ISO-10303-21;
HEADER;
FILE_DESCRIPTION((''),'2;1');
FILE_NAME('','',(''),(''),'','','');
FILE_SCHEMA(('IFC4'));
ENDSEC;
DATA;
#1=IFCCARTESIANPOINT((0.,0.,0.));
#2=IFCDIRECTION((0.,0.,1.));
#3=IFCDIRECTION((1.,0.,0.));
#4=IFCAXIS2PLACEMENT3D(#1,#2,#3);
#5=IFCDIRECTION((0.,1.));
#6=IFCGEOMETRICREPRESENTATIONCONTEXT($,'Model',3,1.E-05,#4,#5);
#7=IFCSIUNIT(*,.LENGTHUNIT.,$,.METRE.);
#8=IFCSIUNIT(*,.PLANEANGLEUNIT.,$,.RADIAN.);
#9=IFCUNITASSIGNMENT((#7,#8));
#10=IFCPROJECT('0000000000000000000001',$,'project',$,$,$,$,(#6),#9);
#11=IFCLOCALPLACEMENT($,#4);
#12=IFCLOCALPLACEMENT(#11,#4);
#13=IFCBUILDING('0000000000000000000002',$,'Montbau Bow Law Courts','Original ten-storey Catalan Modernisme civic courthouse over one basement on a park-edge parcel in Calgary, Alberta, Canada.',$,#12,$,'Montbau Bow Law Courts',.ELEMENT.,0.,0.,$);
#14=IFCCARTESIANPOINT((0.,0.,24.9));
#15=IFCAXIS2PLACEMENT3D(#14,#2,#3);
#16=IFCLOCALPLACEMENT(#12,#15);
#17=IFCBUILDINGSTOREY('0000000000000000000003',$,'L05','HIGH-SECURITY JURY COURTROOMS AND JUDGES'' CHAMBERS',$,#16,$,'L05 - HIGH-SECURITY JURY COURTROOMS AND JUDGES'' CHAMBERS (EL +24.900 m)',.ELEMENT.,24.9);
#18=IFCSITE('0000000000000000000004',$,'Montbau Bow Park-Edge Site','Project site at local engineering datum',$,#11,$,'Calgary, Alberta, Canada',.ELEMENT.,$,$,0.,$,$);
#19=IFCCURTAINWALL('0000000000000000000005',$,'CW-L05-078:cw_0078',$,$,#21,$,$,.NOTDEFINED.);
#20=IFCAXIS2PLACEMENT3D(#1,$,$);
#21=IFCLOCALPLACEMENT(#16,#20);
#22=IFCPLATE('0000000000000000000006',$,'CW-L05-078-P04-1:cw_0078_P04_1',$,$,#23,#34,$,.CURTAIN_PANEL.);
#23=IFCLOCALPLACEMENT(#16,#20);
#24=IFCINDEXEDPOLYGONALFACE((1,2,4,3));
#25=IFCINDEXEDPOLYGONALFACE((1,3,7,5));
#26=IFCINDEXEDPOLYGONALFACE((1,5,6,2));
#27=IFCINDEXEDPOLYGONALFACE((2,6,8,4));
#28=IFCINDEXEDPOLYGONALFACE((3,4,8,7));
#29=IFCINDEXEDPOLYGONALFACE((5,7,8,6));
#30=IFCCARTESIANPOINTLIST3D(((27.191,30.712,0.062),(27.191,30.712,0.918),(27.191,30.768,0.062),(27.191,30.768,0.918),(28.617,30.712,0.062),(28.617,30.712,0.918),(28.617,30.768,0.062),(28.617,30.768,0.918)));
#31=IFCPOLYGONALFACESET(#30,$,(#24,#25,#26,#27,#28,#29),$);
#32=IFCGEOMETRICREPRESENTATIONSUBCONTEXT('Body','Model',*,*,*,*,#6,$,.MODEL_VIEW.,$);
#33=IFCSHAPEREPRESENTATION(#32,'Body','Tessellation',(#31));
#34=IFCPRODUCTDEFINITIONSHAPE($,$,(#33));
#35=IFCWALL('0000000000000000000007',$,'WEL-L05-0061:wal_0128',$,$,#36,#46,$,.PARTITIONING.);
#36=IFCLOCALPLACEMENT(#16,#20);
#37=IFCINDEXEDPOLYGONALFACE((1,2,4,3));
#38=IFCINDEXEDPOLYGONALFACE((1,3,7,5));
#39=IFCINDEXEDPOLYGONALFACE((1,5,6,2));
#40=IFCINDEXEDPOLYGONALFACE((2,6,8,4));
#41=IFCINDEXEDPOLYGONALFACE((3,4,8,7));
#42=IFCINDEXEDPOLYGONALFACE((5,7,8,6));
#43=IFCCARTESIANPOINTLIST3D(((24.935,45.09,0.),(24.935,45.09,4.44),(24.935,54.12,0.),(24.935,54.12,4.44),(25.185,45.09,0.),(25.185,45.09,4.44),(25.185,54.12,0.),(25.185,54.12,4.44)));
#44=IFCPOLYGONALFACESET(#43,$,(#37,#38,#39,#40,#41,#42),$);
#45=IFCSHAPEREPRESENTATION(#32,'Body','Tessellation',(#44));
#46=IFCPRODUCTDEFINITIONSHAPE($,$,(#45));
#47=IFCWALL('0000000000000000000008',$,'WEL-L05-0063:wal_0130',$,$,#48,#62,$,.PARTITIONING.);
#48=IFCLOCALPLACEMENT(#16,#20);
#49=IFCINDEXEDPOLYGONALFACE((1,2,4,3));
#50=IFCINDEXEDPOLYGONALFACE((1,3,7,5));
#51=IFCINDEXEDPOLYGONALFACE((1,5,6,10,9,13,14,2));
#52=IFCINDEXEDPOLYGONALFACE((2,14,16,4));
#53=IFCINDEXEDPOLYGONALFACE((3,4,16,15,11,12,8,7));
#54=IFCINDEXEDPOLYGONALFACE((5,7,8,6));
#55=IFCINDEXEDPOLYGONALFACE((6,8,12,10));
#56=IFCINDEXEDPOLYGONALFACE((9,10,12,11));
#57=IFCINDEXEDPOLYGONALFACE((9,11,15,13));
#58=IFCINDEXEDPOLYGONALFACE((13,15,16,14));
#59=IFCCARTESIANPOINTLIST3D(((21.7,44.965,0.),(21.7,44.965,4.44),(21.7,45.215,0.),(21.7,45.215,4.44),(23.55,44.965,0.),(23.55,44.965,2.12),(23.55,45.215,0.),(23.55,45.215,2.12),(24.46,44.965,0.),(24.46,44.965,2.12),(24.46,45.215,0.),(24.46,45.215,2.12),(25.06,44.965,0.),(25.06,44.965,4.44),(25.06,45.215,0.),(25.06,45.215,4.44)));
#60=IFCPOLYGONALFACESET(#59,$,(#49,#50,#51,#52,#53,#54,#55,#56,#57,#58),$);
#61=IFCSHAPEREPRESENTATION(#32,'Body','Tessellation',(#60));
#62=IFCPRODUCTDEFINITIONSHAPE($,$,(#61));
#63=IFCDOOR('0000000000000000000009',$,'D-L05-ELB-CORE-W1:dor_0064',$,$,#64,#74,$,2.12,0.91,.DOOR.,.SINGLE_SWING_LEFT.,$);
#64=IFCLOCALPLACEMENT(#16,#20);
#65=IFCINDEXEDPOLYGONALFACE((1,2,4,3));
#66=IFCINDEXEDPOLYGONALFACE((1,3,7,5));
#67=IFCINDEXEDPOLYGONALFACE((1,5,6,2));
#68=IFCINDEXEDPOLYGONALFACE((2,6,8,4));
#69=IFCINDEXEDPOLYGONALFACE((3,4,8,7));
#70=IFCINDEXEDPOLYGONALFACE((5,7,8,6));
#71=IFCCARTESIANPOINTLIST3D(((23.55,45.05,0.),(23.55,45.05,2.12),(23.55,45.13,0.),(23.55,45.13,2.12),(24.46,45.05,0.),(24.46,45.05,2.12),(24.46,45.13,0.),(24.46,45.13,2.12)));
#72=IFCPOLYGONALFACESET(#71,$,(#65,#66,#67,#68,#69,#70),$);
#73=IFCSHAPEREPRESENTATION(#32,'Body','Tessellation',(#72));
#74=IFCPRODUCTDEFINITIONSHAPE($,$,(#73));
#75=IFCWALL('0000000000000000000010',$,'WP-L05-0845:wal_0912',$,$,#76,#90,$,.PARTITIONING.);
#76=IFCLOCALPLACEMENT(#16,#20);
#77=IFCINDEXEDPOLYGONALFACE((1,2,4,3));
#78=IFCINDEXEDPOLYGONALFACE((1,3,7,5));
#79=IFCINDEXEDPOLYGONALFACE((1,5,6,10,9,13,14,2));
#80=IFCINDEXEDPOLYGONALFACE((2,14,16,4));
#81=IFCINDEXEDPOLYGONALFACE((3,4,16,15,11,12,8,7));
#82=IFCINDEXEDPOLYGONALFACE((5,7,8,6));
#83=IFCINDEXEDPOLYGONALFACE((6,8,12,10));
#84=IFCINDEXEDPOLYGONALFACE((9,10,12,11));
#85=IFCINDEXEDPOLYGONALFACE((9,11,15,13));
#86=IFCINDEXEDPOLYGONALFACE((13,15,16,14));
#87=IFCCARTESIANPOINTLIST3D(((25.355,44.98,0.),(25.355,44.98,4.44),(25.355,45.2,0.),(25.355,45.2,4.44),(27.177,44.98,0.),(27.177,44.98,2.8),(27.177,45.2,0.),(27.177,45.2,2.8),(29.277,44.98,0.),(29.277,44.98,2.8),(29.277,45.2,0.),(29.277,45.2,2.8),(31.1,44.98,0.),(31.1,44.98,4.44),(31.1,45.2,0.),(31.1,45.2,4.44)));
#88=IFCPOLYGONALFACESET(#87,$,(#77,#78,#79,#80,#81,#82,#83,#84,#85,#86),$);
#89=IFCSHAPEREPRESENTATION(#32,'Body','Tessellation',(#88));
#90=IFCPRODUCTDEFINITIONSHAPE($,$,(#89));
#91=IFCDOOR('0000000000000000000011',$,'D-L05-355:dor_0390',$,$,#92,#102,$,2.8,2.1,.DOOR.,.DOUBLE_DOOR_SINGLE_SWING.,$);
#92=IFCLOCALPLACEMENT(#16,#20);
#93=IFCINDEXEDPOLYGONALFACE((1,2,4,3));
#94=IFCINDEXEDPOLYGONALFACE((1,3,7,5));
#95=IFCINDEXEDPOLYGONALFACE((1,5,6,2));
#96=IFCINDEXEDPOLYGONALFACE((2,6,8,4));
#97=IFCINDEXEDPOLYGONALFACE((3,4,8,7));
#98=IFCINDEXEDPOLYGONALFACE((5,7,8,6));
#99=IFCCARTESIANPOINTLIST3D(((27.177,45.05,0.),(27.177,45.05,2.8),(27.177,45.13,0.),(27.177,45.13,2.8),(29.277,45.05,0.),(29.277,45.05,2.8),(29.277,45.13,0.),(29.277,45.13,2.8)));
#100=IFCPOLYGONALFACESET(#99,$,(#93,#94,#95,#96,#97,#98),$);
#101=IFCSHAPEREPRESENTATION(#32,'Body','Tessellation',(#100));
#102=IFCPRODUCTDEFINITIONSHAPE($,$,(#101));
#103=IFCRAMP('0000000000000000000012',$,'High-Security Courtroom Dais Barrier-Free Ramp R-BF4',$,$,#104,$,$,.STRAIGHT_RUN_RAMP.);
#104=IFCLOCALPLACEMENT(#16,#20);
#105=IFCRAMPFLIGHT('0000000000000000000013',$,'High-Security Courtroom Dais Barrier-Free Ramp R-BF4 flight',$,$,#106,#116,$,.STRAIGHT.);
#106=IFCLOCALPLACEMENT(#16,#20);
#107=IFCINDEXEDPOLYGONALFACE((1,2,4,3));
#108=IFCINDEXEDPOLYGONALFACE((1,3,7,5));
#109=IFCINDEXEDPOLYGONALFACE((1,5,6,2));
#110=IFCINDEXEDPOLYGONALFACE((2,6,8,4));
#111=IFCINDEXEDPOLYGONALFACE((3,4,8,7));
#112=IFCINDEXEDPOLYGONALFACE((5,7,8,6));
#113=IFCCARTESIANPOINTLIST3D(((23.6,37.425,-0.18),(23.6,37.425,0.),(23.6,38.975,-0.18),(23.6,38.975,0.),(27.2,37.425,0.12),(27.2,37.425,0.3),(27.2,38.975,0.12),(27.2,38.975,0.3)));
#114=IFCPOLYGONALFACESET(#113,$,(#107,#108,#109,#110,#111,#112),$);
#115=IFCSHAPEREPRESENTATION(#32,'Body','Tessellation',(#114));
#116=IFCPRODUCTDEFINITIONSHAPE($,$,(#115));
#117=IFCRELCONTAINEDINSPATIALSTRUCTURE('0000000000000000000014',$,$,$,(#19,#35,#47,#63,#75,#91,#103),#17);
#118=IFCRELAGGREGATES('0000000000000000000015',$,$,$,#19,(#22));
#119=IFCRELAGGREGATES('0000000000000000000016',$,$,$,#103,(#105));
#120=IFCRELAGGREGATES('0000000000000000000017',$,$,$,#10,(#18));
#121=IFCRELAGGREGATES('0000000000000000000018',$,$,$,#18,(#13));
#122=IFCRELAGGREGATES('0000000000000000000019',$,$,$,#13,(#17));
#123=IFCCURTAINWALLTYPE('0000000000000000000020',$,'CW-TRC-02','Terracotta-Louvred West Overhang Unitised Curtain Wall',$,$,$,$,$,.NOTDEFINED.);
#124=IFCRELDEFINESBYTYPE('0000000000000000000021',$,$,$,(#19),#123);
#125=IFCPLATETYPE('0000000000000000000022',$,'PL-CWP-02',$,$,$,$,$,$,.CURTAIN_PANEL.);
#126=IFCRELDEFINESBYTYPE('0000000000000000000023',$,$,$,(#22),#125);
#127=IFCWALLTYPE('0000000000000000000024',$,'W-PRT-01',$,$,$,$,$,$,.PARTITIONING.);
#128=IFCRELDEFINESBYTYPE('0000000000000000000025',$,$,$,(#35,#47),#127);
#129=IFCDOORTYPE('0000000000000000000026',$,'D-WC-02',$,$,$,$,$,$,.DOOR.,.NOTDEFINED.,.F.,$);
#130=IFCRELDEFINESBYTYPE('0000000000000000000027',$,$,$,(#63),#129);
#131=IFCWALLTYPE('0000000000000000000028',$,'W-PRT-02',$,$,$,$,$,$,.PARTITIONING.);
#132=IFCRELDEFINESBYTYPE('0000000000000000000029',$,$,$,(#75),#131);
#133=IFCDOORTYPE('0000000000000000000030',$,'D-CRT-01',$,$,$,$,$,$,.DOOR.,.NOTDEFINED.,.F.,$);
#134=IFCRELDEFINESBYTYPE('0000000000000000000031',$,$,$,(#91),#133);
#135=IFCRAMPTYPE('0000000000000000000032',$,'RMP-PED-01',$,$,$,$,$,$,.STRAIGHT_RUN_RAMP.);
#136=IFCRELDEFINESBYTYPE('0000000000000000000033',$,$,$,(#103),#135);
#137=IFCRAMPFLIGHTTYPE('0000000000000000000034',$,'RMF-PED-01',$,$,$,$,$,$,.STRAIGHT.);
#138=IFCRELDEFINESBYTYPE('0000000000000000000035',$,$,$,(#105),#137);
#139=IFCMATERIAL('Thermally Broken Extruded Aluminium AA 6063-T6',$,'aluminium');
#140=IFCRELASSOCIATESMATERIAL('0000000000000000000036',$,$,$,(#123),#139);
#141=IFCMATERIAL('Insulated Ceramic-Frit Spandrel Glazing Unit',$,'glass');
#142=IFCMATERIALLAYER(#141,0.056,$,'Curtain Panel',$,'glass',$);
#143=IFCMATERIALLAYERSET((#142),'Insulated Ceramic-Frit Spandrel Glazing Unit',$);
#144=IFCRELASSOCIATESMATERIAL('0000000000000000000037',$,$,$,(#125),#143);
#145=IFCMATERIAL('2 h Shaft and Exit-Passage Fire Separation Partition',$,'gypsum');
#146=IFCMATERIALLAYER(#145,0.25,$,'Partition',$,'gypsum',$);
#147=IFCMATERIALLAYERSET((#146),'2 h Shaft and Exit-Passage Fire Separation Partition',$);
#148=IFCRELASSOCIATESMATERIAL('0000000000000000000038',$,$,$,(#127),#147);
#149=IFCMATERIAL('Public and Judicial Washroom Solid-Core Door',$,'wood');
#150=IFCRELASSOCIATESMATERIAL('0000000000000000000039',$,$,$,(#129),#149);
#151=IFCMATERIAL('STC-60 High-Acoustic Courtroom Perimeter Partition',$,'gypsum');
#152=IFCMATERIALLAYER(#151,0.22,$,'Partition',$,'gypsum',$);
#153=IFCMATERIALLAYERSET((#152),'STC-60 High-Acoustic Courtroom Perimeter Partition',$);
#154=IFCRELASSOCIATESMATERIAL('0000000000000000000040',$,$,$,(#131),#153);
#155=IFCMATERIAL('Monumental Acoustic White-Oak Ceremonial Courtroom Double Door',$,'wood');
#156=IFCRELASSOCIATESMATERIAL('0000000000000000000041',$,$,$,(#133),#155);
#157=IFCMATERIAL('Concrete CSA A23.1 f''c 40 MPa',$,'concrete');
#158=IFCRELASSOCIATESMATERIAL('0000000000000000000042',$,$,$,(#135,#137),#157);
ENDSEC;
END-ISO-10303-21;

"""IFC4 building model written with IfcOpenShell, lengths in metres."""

from ifc_helpers import new_model, si_unit, direction, frame, frame_2d, origin_with_axes, place, context, subcontext, project, spatial, polyline, rectangle, outline, extrude, material, layer, layer_set, type_object, element, fill, aggregate, save


model = new_model("IFC4")

# Units and contexts
model_context = context("Model", 3, precision=1e-05, world=origin_with_axes(), true_north=direction((0.0, 1.0)))
body_context = subcontext(model_context, "Body", "Model", "MODEL_VIEW")
ifc_project = project(units=[si_unit("LENGTHUNIT", "METRE"), si_unit("PLANEANGLEUNIT", "RADIAN")], contexts=[model_context])

# Site, building, storey
site_placement = place(None, origin_with_axes())
site = spatial("IfcSite", under=ifc_project, at=site_placement, Name="Montbau Bow Park-Edge Site", Description="Project site at local engineering datum", LongName="Calgary, Alberta, Canada", CompositionType="ELEMENT", RefElevation=0.0)
building_placement = place(site_placement, origin_with_axes())
building = spatial("IfcBuilding", under=site, at=building_placement, Name="Montbau Bow Law Courts", Description="Original ten-storey Catalan Modernisme civic courthouse over one basement on a park-edge parcel in Calgary, Alberta, Canada.", LongName="Montbau Bow Law Courts", CompositionType="ELEMENT", ElevationOfRefHeight=0.0, ElevationOfTerrain=0.0)
storey_placement = place(building_placement, frame((0.0, 0.0, 24.9), z_axis=(0.0, 0.0, 1.0), x_axis=(1.0, 0.0, 0.0)))
storey = spatial("IfcBuildingStorey", under=building, at=storey_placement, Name="L05", Description="HIGH-SECURITY JURY COURTROOMS AND JUDGES' CHAMBERS", LongName="L05 - HIGH-SECURITY JURY COURTROOMS AND JUDGES' CHAMBERS (EL +24.900 m)", CompositionType="ELEMENT", Elevation=24.9)

# Curtain wall, plate
ifc_material_1 = material(Name="Thermally Broken Extruded Aluminium AA 6063-T6", Category="aluminium")
curtain_wall_type = type_object("IfcCurtainWallType", Name="CW-TRC-02", Description="Terracotta-Louvred West Overhang Unitised Curtain Wall", PredefinedType="NOTDEFINED", material=ifc_material_1)
curtain_wall_placement = place(None, frame((22.64, 30.74, 24.9), z_axis=(0.0, 0.0, 1.0), x_axis=(1.0, 0.0, 0.0)))
curtain_wall = element("IfcCurtainWall", 1, at=curtain_wall_placement, inside=storey, type_object=curtain_wall_type, Name="CW-L05-078:cw_0078", PredefinedType="NOTDEFINED")
ifc_material_2 = material(Name="Insulated Ceramic-Frit Spandrel Glazing Unit", Category="glass")
ifc_layer_1 = layer(ifc_material_2, 0.056, Name="Curtain Panel", Category="glass")
ifc_layer_set_1 = layer_set([ifc_layer_1], Name="Insulated Ceramic-Frit Spandrel Glazing Unit")
plate_type_1 = type_object("IfcPlateType", Name="PL-CWP-02", PredefinedType="CURTAIN_PANEL", material=ifc_layer_set_1)
plate_1_placement = place(None, frame((27.191, 30.74, 24.962), z_axis=(0.0, -1.0, 0.0), x_axis=(1.0, 0.0, 0.0)))
plate_1 = element("IfcPlate", 2, at=plate_1_placement, type_object=plate_type_1, Name="CW-L05-078-P04-1:cw_0078_P04_1", PredefinedType="CURTAIN_PANEL", context=body_context, shape_type="SweptSolid", body=[
    extrude(rectangle(XDim=1.426, YDim=0.856, at=frame_2d((0.713, 0.428), x_axis=(1.0, 0.0))), frame((0.0, 0.0, -0.028), z_axis=(0.0, 0.0, 1.0), x_axis=(1.0, 0.0, 0.0)), (0.0, 0.0, 1.0), 0.056),
])
aggregate(curtain_wall, [plate_1])

# Wall
ifc_material_3 = material(Name="2 h Shaft and Exit-Passage Fire Separation Partition", Category="gypsum")
ifc_layer_2 = layer(ifc_material_3, 0.25, Name="Partition", Category="gypsum")
ifc_layer_set_2 = layer_set([ifc_layer_2], Name="2 h Shaft and Exit-Passage Fire Separation Partition")
wall_type_1 = type_object("IfcWallType", Name="W-PRT-01", PredefinedType="PARTITIONING", material=ifc_layer_set_2)
wall_1_placement = place(None, frame((25.06, 45.09, 24.9), z_axis=(0.0, 0.0, 1.0), x_axis=(0.0, 1.0, 0.0)))
element("IfcWall", 3, at=wall_1_placement, inside=storey, type_object=wall_type_1, Name="WEL-L05-0061:wal_0128", PredefinedType="PARTITIONING", context=body_context, shape_type="SweptSolid", body=[
    extrude(rectangle(XDim=9.03, YDim=0.25, at=frame_2d((4.515, 0.0), x_axis=(1.0, 0.0))), origin_with_axes(), (0.0, 0.0, 1.0), 4.44),
])

# Walls, openings, doors
wall_2_placement = place(None, frame((21.7, 45.09, 24.9), z_axis=(0.0, 0.0, 1.0), x_axis=(1.0, 0.0, 0.0)))
wall_2 = element("IfcWall", 4, at=wall_2_placement, inside=storey, type_object=wall_type_1, Name="WEL-L05-0063:wal_0130", PredefinedType="PARTITIONING", context=body_context, shape_type="SweptSolid", body=[
    extrude(rectangle(XDim=3.36, YDim=0.25, at=frame_2d((1.68, 0.0), x_axis=(1.0, 0.0))), origin_with_axes(), (0.0, 0.0, 1.0), 4.44),
])
opening_1_placement = place(None, frame((24.005, 45.09, 24.9), z_axis=(0.0, 0.0, 1.0), x_axis=(1.0, 0.0, 0.0)))
opening_1 = element("IfcOpeningElement", 5, at=opening_1_placement, cuts=wall_2, PredefinedType="OPENING", context=body_context, shape_type="SweptSolid", body=[
    extrude(rectangle(XDim=0.91, YDim=2.12, at=frame_2d((0.0, 1.06), x_axis=(1.0, 0.0))), frame((0.0, 0.135, 0.0), z_axis=(0.0, -1.0, 0.0), x_axis=(1.0, 0.0, 0.0)), (0.0, 0.0, 1.0), 0.27),
])
ifc_material_4 = material(Name="Public and Judicial Washroom Solid-Core Door", Category="wood")
door_type_1 = type_object("IfcDoorType", Name="D-WC-02", OperationType="NOTDEFINED", ParameterTakesPrecedence=False, PredefinedType="DOOR", material=ifc_material_4)
door_1_placement = place(None, frame((24.005, 45.09, 24.9), z_axis=(0.0, 0.0, 1.0), x_axis=(1.0, 0.0, 0.0)))
door_1 = element("IfcDoor", 6, at=door_1_placement, inside=storey, type_object=door_type_1, Name="D-L05-ELB-CORE-W1:dor_0064", OperationType="SINGLE_SWING_LEFT", OverallHeight=2.12, OverallWidth=0.91, PredefinedType="DOOR", context=body_context, shape_type="SweptSolid", body=[
    extrude(rectangle(XDim=0.91, YDim=2.12, at=frame_2d((0.0, 1.06), x_axis=(1.0, 0.0))), frame((0.0, 0.04, 0.0), z_axis=(0.0, -1.0, 0.0), x_axis=(1.0, 0.0, 0.0)), (0.0, 0.0, 1.0), 0.08),
])
fill(opening_1, door_1)
ifc_material_5 = material(Name="STC-60 High-Acoustic Courtroom Perimeter Partition", Category="gypsum")
ifc_layer_3 = layer(ifc_material_5, 0.22, Name="Partition", Category="gypsum")
ifc_layer_set_3 = layer_set([ifc_layer_3], Name="STC-60 High-Acoustic Courtroom Perimeter Partition")
wall_type_2 = type_object("IfcWallType", Name="W-PRT-02", PredefinedType="PARTITIONING", material=ifc_layer_set_3)
wall_3_placement = place(None, frame((25.355, 45.09, 24.9), z_axis=(0.0, 0.0, 1.0), x_axis=(1.0, 0.0, 0.0)))
wall_3 = element("IfcWall", 7, at=wall_3_placement, inside=storey, type_object=wall_type_2, Name="WP-L05-0845:wal_0912", PredefinedType="PARTITIONING", context=body_context, shape_type="SweptSolid", body=[
    extrude(rectangle(XDim=5.745, YDim=0.22, at=frame_2d((2.8725, 0.0), x_axis=(1.0, 0.0))), origin_with_axes(), (0.0, 0.0, 1.0), 4.44),
])
opening_2_placement = place(None, frame((28.227, 45.09, 24.9), z_axis=(0.0, 0.0, 1.0), x_axis=(1.0, 0.0, 0.0)))
opening_2 = element("IfcOpeningElement", 8, at=opening_2_placement, cuts=wall_3, PredefinedType="OPENING", context=body_context, shape_type="SweptSolid", body=[
    extrude(rectangle(XDim=2.1, YDim=2.8, at=frame_2d((0.0, 1.4), x_axis=(1.0, 0.0))), frame((0.0, 0.12, 0.0), z_axis=(0.0, -1.0, 0.0), x_axis=(1.0, 0.0, 0.0)), (0.0, 0.0, 1.0), 0.24),
])
ifc_material_6 = material(Name="Monumental Acoustic White-Oak Ceremonial Courtroom Double Door", Category="wood")
door_type_2 = type_object("IfcDoorType", Name="D-CRT-01", OperationType="NOTDEFINED", ParameterTakesPrecedence=False, PredefinedType="DOOR", material=ifc_material_6)
door_2_placement = place(None, frame((28.227, 45.09, 24.9), z_axis=(0.0, 0.0, 1.0), x_axis=(-1.0, 0.0, 0.0)))
door_2 = element("IfcDoor", 9, at=door_2_placement, inside=storey, type_object=door_type_2, Name="D-L05-355:dor_0390", OperationType="DOUBLE_DOOR_SINGLE_SWING", OverallHeight=2.8, OverallWidth=2.1, PredefinedType="DOOR", context=body_context, shape_type="SweptSolid", body=[
    extrude(rectangle(XDim=2.1, YDim=2.8, at=frame_2d((0.0, 1.4), x_axis=(1.0, 0.0))), frame((0.0, 0.04, 0.0), z_axis=(0.0, -1.0, 0.0), x_axis=(1.0, 0.0, 0.0)), (0.0, 0.0, 1.0), 0.08),
])
fill(opening_2, door_2)

# Ramp, ramp flight
ifc_material_7 = material(Name="Concrete CSA A23.1 f'c 40 MPa", Category="concrete")
ramp_type = type_object("IfcRampType", Name="RMP-PED-01", PredefinedType="STRAIGHT_RUN_RAMP", material=ifc_material_7)
ramp_placement = place(None, frame((23.6, 38.2, 24.9), z_axis=(0.0, 0.0, 1.0), x_axis=(1.0, 0.0, 0.0)))
ramp = element("IfcRamp", 10, at=ramp_placement, inside=storey, type_object=ramp_type, Name="High-Security Courtroom Dais Barrier-Free Ramp R-BF4", PredefinedType="STRAIGHT_RUN_RAMP")
ramp_flight_type = type_object("IfcRampFlightType", Name="RMF-PED-01", PredefinedType="STRAIGHT", material=ifc_material_7)
ramp_flight_placement = place(None, frame((23.6, 38.2, 24.9), z_axis=(0.0, 0.0, 1.0), x_axis=(1.0, 0.0, 0.0)))
ramp_flight = element("IfcRampFlight", 11, at=ramp_flight_placement, type_object=ramp_flight_type, Name="High-Security Courtroom Dais Barrier-Free Ramp R-BF4 flight", PredefinedType="STRAIGHT", context=body_context, shape_type="SweptSolid", body=[
    extrude(outline(polyline([(0.0, 0.0), (3.6, 0.3), (3.6, 0.12), (0.0, -0.18), (0.0, 0.0)])), frame((0.0, 0.775, 0.0), z_axis=(0.0, -1.0, 0.0), x_axis=(1.0, 0.0, 0.0)), (0.0, 0.0, 1.0), 1.55),
])
aggregate(ramp, [ramp_flight])

save(model, "model.ifc")
